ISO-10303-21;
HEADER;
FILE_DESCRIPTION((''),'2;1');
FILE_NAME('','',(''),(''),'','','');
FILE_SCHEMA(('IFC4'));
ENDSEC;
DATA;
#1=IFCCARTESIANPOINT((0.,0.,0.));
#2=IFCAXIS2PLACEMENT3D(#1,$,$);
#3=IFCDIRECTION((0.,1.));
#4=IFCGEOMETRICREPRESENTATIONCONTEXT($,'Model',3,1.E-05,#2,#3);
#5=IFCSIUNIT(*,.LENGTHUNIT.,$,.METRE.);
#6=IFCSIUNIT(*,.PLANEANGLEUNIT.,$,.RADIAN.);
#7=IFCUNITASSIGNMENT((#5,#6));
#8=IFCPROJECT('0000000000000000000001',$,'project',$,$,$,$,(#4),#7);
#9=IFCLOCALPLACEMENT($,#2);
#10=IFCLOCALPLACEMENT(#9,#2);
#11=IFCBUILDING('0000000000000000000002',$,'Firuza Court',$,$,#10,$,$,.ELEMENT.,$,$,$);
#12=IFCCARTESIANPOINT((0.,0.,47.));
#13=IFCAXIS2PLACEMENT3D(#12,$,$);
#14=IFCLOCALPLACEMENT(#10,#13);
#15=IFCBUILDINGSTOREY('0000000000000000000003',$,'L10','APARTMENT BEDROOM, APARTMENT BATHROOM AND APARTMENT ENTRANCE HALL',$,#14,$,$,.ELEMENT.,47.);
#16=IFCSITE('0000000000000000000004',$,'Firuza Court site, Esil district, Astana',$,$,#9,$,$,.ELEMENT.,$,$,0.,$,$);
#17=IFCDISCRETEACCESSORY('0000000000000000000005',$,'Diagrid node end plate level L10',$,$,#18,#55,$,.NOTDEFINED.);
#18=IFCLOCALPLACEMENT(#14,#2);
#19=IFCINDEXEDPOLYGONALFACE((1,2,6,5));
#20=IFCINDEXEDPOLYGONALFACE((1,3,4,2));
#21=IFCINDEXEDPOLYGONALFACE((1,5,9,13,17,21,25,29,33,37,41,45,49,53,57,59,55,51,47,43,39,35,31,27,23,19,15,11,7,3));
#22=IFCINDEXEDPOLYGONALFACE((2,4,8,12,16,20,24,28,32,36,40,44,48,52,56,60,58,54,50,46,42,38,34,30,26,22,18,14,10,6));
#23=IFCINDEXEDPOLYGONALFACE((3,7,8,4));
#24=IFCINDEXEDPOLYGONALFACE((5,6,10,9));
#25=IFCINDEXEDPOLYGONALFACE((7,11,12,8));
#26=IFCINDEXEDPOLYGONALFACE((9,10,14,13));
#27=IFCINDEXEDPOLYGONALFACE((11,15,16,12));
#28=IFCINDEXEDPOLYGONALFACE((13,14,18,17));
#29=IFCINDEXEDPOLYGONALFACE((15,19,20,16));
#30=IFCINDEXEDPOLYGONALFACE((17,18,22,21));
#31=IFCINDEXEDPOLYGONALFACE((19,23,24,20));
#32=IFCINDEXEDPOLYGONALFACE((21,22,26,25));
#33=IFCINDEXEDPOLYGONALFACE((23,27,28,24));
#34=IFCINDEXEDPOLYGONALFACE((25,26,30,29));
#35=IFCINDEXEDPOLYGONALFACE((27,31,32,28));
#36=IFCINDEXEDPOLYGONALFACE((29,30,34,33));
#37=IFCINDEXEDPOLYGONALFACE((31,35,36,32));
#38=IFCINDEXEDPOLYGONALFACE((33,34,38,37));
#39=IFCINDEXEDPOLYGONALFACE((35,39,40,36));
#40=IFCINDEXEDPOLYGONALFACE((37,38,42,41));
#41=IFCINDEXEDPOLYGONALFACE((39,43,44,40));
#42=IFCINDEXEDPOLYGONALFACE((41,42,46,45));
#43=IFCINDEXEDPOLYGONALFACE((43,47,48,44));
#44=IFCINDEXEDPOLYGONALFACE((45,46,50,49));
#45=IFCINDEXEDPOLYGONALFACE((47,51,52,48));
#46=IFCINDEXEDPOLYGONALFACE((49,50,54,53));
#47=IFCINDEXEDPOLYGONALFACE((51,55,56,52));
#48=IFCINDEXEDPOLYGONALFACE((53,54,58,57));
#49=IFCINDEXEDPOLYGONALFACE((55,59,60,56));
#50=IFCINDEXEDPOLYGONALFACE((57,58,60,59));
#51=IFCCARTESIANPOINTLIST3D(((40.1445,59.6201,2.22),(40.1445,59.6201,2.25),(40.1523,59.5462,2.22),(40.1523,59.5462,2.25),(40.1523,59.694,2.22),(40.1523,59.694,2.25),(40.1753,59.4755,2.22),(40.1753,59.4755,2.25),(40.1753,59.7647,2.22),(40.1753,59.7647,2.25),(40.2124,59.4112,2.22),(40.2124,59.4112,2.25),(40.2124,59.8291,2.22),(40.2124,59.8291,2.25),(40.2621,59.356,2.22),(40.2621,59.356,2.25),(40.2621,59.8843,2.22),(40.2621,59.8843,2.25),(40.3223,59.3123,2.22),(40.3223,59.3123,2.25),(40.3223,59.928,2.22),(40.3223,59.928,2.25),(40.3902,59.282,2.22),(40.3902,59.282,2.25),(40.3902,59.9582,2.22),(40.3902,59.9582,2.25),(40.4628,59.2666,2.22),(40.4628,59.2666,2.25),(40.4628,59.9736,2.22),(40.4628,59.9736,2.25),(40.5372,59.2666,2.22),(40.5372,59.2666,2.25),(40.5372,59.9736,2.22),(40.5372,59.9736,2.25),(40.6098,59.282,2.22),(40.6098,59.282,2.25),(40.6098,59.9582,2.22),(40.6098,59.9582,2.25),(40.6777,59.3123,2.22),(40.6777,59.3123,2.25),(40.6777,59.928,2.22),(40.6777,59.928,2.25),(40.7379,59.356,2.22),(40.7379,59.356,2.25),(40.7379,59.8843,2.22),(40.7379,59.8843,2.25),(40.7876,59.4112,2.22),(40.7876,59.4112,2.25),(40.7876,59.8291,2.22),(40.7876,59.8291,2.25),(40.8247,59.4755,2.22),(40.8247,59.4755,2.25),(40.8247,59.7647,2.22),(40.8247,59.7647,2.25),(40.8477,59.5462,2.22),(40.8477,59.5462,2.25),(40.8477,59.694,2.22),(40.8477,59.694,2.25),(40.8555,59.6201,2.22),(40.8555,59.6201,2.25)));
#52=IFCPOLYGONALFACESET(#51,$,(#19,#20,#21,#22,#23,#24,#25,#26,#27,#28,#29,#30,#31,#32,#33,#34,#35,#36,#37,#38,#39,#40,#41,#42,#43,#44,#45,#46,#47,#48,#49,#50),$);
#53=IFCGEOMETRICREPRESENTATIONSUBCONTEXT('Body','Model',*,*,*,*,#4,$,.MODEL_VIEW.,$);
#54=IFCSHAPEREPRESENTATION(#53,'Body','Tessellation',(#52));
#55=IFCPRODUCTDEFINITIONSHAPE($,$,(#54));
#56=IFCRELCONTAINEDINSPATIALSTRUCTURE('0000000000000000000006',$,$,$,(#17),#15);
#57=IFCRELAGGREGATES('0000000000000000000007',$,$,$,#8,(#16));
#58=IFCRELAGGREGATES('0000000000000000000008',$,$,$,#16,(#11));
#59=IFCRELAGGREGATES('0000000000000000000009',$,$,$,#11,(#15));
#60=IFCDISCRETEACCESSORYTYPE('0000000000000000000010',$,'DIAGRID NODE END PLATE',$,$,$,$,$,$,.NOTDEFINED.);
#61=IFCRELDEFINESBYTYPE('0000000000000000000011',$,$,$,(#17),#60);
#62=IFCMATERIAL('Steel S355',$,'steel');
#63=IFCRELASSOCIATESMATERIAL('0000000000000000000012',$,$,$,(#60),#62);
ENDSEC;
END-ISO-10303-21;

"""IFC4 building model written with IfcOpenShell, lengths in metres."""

from ifc_helpers import new_model, si_unit, direction, frame, origin, origin_2d, place, context, subcontext, project, spatial, circle, extrude, material, material_profile, profile_set, type_object, element, save


model = new_model("IFC4")

# Units and contexts
model_context = context("Model", 3, precision=1e-05, world=origin(), true_north=direction((0.0, 1.0)))
body_context = subcontext(model_context, "Body", "Model", "MODEL_VIEW")
ifc_project = project(units=[si_unit("LENGTHUNIT", "METRE"), si_unit("PLANEANGLEUNIT", "RADIAN")], contexts=[model_context])

# Site, building, storey
site_placement = place(None, origin())
site = spatial("IfcSite", under=ifc_project, at=site_placement, Name="Firuza Court site, Esil district, Astana", CompositionType="ELEMENT", RefElevation=0.0)
building_placement = place(site_placement, origin())
building = spatial("IfcBuilding", under=site, at=building_placement, Name="Firuza Court", CompositionType="ELEMENT")
storey_placement = place(building_placement, frame((0.0, 0.0, 47.0)))
storey = spatial("IfcBuildingStorey", under=building, at=storey_placement, Name="L10", Description="APARTMENT BEDROOM, APARTMENT BATHROOM AND APARTMENT ENTRANCE HALL", CompositionType="ELEMENT", Elevation=47.0)

# Discrete accessory
ifc_material_1 = material(Name="Steel S355", Category="steel")
ifc_material_profile_1 = material_profile(ifc_material_1, circle(Radius=0.3555, at=origin_2d()), Name="PL D711")
ifc_profile_set_1 = profile_set([ifc_material_profile_1], Name="Steel S355")
discrete_accessory_type = type_object("IfcDiscreteAccessoryType", Name="DIAGRID NODE END PLATE", PredefinedType="NOTDEFINED", material=ifc_profile_set_1)
discrete_accessory_1_placement = place(storey_placement, frame((40.5, 59.6201, 2.22), z_axis=(0.0, 0.0, 1.0), x_axis=(1.0, 0.0, 0.0)))
element("IfcDiscreteAccessory", 1, at=discrete_accessory_1_placement, inside=storey, type_object=discrete_accessory_type, Name="Diagrid node end plate level L10", PredefinedType="NOTDEFINED", context=body_context, shape_type="SweptSolid", body=[
    extrude(circle(Radius=0.3555, at=origin_2d()), origin(), (0.0, 0.0, 1.0), 0.03),
])

save(model, "model.ifc")
